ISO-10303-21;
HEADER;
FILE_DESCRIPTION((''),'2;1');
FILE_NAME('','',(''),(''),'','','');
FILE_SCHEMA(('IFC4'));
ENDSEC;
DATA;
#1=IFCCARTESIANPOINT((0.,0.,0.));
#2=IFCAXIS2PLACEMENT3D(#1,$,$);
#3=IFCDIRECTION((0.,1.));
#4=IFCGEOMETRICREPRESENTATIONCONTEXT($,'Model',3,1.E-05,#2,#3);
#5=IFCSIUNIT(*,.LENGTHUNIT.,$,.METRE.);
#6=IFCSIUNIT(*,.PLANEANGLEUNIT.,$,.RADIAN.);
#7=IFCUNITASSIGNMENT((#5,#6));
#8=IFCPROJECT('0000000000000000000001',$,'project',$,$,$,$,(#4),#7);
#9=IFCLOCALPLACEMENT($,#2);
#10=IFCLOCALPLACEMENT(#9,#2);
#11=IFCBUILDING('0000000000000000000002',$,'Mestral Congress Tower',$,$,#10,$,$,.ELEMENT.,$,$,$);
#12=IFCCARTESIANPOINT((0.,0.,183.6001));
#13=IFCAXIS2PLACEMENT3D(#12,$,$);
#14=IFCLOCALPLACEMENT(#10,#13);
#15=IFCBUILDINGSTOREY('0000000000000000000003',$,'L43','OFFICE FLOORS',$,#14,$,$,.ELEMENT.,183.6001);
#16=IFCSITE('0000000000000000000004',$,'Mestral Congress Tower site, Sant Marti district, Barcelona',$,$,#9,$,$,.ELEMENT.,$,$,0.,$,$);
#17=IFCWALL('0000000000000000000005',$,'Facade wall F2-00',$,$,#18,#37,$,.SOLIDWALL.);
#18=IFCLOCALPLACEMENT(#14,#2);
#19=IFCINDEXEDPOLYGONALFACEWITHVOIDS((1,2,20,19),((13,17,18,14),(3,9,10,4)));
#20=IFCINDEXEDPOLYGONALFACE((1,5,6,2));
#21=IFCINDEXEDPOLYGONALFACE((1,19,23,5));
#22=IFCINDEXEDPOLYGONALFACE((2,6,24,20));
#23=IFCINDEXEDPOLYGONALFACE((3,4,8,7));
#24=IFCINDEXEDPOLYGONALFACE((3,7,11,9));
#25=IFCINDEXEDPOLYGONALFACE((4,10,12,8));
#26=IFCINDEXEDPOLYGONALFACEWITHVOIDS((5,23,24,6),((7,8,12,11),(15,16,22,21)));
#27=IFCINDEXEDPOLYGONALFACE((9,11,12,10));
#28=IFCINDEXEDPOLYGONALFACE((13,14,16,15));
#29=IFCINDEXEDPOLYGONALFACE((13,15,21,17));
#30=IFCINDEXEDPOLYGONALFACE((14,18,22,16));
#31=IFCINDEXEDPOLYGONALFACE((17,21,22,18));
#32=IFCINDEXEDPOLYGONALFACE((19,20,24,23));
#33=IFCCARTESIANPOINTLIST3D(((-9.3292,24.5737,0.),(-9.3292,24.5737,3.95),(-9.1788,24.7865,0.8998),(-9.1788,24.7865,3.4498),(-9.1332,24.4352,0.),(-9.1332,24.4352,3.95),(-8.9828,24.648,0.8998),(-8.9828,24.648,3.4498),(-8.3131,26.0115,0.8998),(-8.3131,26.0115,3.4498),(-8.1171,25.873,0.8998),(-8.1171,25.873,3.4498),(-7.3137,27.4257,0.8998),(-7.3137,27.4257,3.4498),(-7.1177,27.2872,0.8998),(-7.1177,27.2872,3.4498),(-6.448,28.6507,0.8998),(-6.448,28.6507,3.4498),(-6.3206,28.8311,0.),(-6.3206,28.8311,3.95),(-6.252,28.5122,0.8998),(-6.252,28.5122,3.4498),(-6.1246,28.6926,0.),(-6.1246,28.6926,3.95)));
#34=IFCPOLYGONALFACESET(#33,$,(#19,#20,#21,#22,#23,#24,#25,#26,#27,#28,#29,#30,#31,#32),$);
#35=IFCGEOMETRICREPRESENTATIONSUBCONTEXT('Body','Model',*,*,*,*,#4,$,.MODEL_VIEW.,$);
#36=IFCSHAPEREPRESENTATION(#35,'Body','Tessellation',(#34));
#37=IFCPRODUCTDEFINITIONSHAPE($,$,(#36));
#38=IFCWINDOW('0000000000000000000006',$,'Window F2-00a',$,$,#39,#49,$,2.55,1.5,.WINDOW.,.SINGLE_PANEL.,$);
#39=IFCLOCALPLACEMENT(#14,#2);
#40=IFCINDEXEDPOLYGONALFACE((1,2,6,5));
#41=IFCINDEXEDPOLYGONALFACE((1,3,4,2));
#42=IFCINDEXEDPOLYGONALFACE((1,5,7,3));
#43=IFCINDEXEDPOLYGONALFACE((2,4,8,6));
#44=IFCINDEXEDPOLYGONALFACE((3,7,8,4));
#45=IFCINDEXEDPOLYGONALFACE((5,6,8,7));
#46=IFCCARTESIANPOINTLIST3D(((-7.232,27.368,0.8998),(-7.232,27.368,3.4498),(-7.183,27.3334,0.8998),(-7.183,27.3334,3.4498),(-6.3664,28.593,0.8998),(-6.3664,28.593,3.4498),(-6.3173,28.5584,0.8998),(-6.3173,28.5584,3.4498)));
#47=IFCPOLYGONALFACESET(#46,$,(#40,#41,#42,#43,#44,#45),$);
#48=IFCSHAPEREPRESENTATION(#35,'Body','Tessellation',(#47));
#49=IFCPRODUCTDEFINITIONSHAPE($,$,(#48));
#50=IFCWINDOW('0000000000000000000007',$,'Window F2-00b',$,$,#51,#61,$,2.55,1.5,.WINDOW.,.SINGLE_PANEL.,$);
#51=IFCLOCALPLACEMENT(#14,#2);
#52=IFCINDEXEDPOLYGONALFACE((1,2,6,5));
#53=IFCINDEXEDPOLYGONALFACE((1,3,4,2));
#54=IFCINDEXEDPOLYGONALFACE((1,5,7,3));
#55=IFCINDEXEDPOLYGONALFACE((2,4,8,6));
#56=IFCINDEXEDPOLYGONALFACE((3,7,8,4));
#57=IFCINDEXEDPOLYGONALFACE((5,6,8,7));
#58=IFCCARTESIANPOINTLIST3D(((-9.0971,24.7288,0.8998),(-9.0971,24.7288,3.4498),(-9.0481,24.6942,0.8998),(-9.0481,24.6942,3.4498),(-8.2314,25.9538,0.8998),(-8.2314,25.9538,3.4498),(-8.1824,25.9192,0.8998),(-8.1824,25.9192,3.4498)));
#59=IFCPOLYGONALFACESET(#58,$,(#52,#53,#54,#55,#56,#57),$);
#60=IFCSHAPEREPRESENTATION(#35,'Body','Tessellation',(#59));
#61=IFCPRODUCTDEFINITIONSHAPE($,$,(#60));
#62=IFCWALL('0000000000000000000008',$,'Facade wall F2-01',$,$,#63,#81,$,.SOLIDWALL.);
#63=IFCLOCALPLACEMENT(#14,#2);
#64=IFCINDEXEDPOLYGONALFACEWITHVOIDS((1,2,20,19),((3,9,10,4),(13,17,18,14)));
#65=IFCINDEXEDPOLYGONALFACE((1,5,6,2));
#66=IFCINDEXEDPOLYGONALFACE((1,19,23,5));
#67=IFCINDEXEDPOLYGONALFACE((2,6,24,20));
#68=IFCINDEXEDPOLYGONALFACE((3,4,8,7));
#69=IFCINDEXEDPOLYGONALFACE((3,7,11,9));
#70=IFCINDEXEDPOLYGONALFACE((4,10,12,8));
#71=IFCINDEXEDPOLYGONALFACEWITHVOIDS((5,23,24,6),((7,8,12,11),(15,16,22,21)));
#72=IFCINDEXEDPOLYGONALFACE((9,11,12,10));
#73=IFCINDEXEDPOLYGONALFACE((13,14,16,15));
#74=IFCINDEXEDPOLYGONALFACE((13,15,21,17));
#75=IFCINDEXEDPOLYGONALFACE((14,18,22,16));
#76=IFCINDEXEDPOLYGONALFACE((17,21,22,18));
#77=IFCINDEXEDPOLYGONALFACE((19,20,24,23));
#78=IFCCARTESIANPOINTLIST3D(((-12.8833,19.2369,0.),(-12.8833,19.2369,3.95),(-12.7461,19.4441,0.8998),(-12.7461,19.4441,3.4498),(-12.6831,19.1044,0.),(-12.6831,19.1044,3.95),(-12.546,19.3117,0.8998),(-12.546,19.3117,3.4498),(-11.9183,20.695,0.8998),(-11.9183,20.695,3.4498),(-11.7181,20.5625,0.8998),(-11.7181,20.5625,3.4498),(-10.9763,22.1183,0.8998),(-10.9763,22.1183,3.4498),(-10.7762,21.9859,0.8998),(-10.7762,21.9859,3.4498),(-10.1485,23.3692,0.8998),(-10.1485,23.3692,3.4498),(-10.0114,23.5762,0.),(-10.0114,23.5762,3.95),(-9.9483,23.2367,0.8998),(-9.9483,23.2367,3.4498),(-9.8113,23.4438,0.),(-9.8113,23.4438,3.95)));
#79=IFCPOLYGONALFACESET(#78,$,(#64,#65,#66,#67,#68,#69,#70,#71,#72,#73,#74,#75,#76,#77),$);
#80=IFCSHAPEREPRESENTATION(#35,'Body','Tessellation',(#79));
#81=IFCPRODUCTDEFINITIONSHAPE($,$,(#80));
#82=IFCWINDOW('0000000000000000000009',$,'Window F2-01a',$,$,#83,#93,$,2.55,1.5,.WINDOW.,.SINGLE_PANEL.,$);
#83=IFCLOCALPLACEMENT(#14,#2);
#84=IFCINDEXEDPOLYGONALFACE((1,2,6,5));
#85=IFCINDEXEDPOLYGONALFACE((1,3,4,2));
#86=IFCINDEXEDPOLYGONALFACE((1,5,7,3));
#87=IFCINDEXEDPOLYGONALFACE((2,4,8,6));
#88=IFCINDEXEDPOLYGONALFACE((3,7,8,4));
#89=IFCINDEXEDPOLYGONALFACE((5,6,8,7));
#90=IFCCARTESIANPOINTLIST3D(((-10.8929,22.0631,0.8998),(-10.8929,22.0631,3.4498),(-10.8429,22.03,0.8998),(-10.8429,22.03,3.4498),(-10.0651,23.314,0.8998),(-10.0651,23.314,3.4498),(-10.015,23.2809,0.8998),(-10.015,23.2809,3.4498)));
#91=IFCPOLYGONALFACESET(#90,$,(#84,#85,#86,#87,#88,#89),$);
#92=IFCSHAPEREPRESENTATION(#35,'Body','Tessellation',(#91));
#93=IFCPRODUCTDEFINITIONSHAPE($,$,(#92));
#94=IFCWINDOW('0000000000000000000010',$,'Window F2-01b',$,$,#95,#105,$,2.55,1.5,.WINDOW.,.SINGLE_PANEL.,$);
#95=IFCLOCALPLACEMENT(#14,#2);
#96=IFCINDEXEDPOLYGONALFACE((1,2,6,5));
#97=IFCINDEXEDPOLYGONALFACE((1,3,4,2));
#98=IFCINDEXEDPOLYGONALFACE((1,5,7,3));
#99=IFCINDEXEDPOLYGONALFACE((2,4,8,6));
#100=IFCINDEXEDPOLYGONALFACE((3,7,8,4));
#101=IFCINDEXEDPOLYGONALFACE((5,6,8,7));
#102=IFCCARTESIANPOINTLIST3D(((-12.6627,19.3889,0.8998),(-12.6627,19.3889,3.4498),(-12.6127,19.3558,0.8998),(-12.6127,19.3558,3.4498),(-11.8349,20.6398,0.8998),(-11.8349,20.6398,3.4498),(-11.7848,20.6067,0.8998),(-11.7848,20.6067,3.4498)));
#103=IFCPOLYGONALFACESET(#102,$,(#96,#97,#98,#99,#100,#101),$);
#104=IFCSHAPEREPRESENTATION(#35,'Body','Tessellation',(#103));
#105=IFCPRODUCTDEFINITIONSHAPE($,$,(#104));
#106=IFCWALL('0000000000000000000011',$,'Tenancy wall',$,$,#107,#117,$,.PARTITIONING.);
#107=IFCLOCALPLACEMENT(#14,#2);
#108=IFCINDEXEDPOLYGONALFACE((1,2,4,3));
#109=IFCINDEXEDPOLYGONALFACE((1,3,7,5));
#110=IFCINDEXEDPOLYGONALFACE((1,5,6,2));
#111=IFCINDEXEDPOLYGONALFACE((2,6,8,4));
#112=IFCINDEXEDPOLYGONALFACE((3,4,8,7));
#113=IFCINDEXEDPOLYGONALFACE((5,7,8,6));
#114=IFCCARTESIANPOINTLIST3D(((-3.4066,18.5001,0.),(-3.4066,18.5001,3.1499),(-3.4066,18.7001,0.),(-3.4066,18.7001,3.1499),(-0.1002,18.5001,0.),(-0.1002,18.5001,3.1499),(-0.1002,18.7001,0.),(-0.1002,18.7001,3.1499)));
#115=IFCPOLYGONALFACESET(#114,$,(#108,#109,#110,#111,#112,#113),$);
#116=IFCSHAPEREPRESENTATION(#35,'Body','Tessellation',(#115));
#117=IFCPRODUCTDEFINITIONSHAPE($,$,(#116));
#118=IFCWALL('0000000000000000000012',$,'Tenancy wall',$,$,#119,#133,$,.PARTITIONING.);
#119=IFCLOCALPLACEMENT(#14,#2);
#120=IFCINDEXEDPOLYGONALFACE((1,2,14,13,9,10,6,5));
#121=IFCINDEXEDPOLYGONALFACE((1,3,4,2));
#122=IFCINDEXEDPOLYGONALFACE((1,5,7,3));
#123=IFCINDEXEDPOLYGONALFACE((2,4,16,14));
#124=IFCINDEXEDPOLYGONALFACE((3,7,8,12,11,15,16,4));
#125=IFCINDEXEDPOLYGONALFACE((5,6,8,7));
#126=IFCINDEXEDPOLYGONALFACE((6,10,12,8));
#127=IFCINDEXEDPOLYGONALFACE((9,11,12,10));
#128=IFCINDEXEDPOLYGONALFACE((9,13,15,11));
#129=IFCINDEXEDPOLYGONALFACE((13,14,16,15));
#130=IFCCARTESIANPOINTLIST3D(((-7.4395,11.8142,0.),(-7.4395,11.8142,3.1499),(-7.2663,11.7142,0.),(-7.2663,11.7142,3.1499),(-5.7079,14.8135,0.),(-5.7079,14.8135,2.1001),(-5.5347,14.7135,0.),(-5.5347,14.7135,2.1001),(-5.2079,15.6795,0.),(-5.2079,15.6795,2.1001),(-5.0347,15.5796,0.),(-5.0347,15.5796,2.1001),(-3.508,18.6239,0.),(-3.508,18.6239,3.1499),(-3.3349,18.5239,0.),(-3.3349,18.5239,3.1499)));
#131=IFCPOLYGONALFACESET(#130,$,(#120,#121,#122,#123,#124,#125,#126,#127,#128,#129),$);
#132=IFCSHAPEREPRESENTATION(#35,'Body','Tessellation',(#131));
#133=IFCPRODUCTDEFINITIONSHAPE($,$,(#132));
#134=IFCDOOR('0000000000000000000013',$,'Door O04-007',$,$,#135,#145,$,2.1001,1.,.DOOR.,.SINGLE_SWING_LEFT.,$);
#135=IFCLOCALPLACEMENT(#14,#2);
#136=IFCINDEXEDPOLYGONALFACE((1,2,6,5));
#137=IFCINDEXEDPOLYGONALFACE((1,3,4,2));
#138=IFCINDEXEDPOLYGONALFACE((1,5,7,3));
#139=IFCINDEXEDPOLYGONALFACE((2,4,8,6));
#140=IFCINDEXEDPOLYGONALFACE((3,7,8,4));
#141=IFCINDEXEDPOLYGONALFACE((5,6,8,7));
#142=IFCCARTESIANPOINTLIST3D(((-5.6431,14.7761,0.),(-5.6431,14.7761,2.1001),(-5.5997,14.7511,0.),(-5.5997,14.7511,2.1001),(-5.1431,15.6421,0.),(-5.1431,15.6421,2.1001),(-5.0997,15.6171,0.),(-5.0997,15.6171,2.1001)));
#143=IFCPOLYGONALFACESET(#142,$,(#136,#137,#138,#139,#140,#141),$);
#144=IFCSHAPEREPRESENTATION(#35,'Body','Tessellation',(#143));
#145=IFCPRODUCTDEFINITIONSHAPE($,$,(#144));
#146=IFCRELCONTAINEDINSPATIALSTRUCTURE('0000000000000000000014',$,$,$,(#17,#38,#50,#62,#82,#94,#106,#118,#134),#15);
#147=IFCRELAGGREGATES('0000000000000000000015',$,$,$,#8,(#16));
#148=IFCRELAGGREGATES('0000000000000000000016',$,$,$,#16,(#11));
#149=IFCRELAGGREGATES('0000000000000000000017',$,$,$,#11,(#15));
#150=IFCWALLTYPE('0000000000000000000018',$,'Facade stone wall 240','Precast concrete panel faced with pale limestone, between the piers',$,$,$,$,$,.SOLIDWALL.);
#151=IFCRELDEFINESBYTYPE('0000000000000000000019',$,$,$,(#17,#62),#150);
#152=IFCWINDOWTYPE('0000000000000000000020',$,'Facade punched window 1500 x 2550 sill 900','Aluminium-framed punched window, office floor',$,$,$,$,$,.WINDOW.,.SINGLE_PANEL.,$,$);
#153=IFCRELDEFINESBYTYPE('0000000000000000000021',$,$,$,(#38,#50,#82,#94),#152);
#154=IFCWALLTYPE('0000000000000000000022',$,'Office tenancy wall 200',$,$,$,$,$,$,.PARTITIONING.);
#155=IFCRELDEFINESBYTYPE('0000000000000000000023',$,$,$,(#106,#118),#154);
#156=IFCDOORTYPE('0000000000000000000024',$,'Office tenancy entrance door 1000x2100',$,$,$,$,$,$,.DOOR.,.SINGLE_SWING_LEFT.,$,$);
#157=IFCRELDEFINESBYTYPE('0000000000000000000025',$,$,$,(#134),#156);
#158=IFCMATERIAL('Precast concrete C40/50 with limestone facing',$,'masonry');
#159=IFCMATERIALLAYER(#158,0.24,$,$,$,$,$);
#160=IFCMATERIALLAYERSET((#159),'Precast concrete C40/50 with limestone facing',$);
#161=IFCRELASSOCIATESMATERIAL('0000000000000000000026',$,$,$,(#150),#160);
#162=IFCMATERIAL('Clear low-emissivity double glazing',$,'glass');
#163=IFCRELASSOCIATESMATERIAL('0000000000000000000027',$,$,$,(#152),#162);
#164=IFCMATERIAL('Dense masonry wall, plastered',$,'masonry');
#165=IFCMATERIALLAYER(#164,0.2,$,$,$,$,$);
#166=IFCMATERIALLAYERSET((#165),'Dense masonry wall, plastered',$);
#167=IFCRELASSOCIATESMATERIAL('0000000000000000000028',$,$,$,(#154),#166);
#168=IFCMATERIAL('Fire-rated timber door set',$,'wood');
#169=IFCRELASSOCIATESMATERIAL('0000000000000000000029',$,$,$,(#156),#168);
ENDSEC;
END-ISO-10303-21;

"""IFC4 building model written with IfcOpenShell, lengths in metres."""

from ifc_helpers import new_model, si_unit, direction, frame, frame_2d, origin, place, context, subcontext, project, spatial, rectangle, extrude, material, layer, layer_set, type_object, element, fill, save


model = new_model("IFC4")

# Units and contexts
model_context = context("Model", 3, precision=1e-05, world=origin(), true_north=direction((0.0, 1.0)))
body_context = subcontext(model_context, "Body", "Model", "MODEL_VIEW")
ifc_project = project(units=[si_unit("LENGTHUNIT", "METRE"), si_unit("PLANEANGLEUNIT", "RADIAN")], contexts=[model_context])

# Site, building, storey
site_placement = place(None, origin())
site = spatial("IfcSite", under=ifc_project, at=site_placement, Name="Mestral Congress Tower site, Sant Marti district, Barcelona", CompositionType="ELEMENT", RefElevation=0.0)
building_placement = place(site_placement, origin())
building = spatial("IfcBuilding", under=site, at=building_placement, Name="Mestral Congress Tower", CompositionType="ELEMENT")
storey_placement = place(building_placement, frame((0.0, 0.0, 183.6001)))
storey = spatial("IfcBuildingStorey", under=building, at=storey_placement, Name="L43", Description="OFFICE FLOORS", CompositionType="ELEMENT", Elevation=183.6001)

# Shared definitions
ifc_material_1 = material(Name="Precast concrete C40/50 with limestone facing", Category="masonry")
ifc_layer_1 = layer(ifc_material_1, 0.24)
ifc_layer_set_1 = layer_set([ifc_layer_1], Name="Precast concrete C40/50 with limestone facing")
wall_type_1 = type_object("IfcWallType", Name="Facade stone wall 240", Description="Precast concrete panel faced with pale limestone, between the piers", PredefinedType="SOLIDWALL", material=ifc_layer_set_1)
ifc_material_2 = material(Name="Clear low-emissivity double glazing", Category="glass")

# Walls, openings, windows
wall_1_placement = place(storey_placement, frame((-6.2227, 28.7617, 0.0), z_axis=(0.0, 0.0, 1.0), x_axis=(-0.577115, -0.816663, 0.0)))
wall_1 = element("IfcWall", 1, at=wall_1_placement, inside=storey, type_object=wall_type_1, Name="Facade wall F2-00", PredefinedType="SOLIDWALL", context=body_context, shape_type="SweptSolid", body=[
    extrude(rectangle(XDim=5.2131, YDim=0.24, at=frame_2d((2.6064, 0.0))), origin(), (0.0, 0.0, 1.0), 3.95),
])
opening_1_placement = place(wall_1_placement, frame((0.2207, 0.0, 0.8999)))
opening_1 = element("IfcOpeningElement", 2, at=opening_1_placement, cuts=wall_1, PredefinedType="OPENING", context=body_context, shape_type="SweptSolid", body=[
    extrude(rectangle(XDim=1.5, YDim=2.55, at=frame_2d((0.75, 1.2749))), frame((0.0, 0.1299, 0.0), z_axis=(0.0, -1.0, 0.0), x_axis=(1.0, 0.0, 0.0)), (0.0, 0.0, 1.0), 0.26),
])
opening_2_placement = place(wall_1_placement, frame((3.4524, 0.0, 0.8999)))
opening_2 = element("IfcOpeningElement", 3, at=opening_2_placement, cuts=wall_1, PredefinedType="OPENING", context=body_context, shape_type="SweptSolid", body=[
    extrude(rectangle(XDim=1.5, YDim=2.55, at=frame_2d((0.75, 1.2749))), frame((0.0, 0.1299, 0.0), z_axis=(0.0, -1.0, 0.0), x_axis=(1.0, 0.0, 0.0)), (0.0, 0.0, 1.0), 0.26),
])
window_type_1 = type_object("IfcWindowType", Name="Facade punched window 1500 x 2550 sill 900", Description="Aluminium-framed punched window, office floor", PartitioningType="SINGLE_PANEL", PredefinedType="WINDOW", material=ifc_material_2)
window_1_placement = place(opening_1_placement, origin())
window_1 = element("IfcWindow", 4, at=window_1_placement, inside=storey, type_object=window_type_1, Name="Window F2-00a", OverallHeight=2.55, OverallWidth=1.5, PartitioningType="SINGLE_PANEL", PredefinedType="WINDOW", context=body_context, shape_type="SweptSolid", body=[
    extrude(rectangle(XDim=1.5, YDim=2.55, at=frame_2d((0.75, 1.2749))), frame((0.0, 0.04, 0.0), z_axis=(0.0, -1.0, 0.0), x_axis=(1.0, 0.0, 0.0)), (0.0, 0.0, 1.0), 0.0601),
])
fill(opening_1, window_1)
window_2_placement = place(opening_2_placement, origin())
window_2 = element("IfcWindow", 5, at=window_2_placement, inside=storey, type_object=window_type_1, Name="Window F2-00b", OverallHeight=2.55, OverallWidth=1.5, PartitioningType="SINGLE_PANEL", PredefinedType="WINDOW", context=body_context, shape_type="SweptSolid", body=[
    extrude(rectangle(XDim=1.5, YDim=2.55, at=frame_2d((0.75, 1.2749))), frame((0.0, 0.04, 0.0), z_axis=(0.0, -1.0, 0.0), x_axis=(1.0, 0.0, 0.0)), (0.0, 0.0, 1.0), 0.0601),
])
fill(opening_2, window_2)
wall_2_placement = place(storey_placement, frame((-9.9114, 23.51, 0.0), z_axis=(0.0, 0.0, 1.0), x_axis=(-0.551893, -0.833915, 0.0)))
wall_2 = element("IfcWall", 6, at=wall_2_placement, inside=storey, type_object=wall_type_1, Name="Facade wall F2-01", PredefinedType="SOLIDWALL", context=body_context, shape_type="SweptSolid", body=[
    extrude(rectangle(XDim=5.2036, YDim=0.24, at=frame_2d((2.6018, 0.0))), origin(), (0.0, 0.0, 1.0), 3.95),
])
opening_3_placement = place(wall_2_placement, frame((0.2483, 0.0, 0.8999)))
opening_3 = element("IfcOpeningElement", 7, at=opening_3_placement, cuts=wall_2, PredefinedType="OPENING", context=body_context, shape_type="SweptSolid", body=[
    extrude(rectangle(XDim=1.5, YDim=2.55, at=frame_2d((0.75, 1.2749))), frame((0.0, 0.1299, 0.0), z_axis=(0.0, -1.0, 0.0), x_axis=(1.0, 0.0, 0.0)), (0.0, 0.0, 1.0), 0.26),
])
opening_4_placement = place(wall_2_placement, frame((3.4551, 0.0, 0.8999)))
opening_4 = element("IfcOpeningElement", 8, at=opening_4_placement, cuts=wall_2, PredefinedType="OPENING", context=body_context, shape_type="SweptSolid", body=[
    extrude(rectangle(XDim=1.5, YDim=2.55, at=frame_2d((0.75, 1.2749))), frame((0.0, 0.1299, 0.0), z_axis=(0.0, -1.0, 0.0), x_axis=(1.0, 0.0, 0.0)), (0.0, 0.0, 1.0), 0.26),
])
window_3_placement = place(opening_3_placement, origin())
window_3 = element("IfcWindow", 9, at=window_3_placement, inside=storey, type_object=window_type_1, Name="Window F2-01a", OverallHeight=2.55, OverallWidth=1.5, PartitioningType="SINGLE_PANEL", PredefinedType="WINDOW", context=body_context, shape_type="SweptSolid", body=[
    extrude(rectangle(XDim=1.5, YDim=2.55, at=frame_2d((0.75, 1.2749))), frame((0.0, 0.04, 0.0), z_axis=(0.0, -1.0, 0.0), x_axis=(1.0, 0.0, 0.0)), (0.0, 0.0, 1.0), 0.0601),
])
fill(opening_3, window_3)
window_4_placement = place(opening_4_placement, origin())
window_4 = element("IfcWindow", 10, at=window_4_placement, inside=storey, type_object=window_type_1, Name="Window F2-01b", OverallHeight=2.55, OverallWidth=1.5, PartitioningType="SINGLE_PANEL", PredefinedType="WINDOW", context=body_context, shape_type="SweptSolid", body=[
    extrude(rectangle(XDim=1.5, YDim=2.55, at=frame_2d((0.75, 1.2749))), frame((0.0, 0.04, 0.0), z_axis=(0.0, -1.0, 0.0), x_axis=(1.0, 0.0, 0.0)), (0.0, 0.0, 1.0), 0.0601),
])
fill(opening_4, window_4)

# Wall
ifc_material_3 = material(Name="Dense masonry wall, plastered", Category="masonry")
ifc_layer_2 = layer(ifc_material_3, 0.2)
ifc_layer_set_2 = layer_set([ifc_layer_2], Name="Dense masonry wall, plastered")
wall_type_2 = type_object("IfcWallType", Name="Office tenancy wall 200", PredefinedType="PARTITIONING", material=ifc_layer_set_2)
wall_3_placement = place(storey_placement, frame((-0.1001, 18.6001, 0.0), z_axis=(0.0, 0.0, 1.0), x_axis=(-1.0, 0.0, 0.0)))
element("IfcWall", 11, at=wall_3_placement, inside=storey, type_object=wall_type_2, Name="Tenancy wall", PredefinedType="PARTITIONING", context=body_context, shape_type="SweptSolid", body=[
    extrude(rectangle(XDim=3.3064, YDim=0.2, at=frame_2d((1.6533, 0.0))), origin(), (0.0, 0.0, 1.0), 3.1499),
])

# Wall, opening, door
wall_4_placement = place(storey_placement, frame((-3.4214, 18.574, 0.0), z_axis=(0.0, 0.0, 1.0), x_axis=(-0.499989, -0.866032, 0.0)))
wall_4 = element("IfcWall", 12, at=wall_4_placement, inside=storey, type_object=wall_type_2, Name="Tenancy wall", PredefinedType="PARTITIONING", context=body_context, shape_type="SweptSolid", body=[
    extrude(rectangle(XDim=7.863, YDim=0.2, at=frame_2d((3.9316, 0.0))), origin(), (0.0, 0.0, 1.0), 3.1499),
])
opening_5_placement = place(wall_4_placement, frame((3.3999, 0.0, 0.0)))
opening_5 = element("IfcOpeningElement", 13, at=opening_5_placement, cuts=wall_4, PredefinedType="OPENING", context=body_context, shape_type="SweptSolid", body=[
    extrude(rectangle(XDim=1.0, YDim=2.1001, at=frame_2d((0.5, 1.05))), frame((0.0, 0.1099, 0.0), z_axis=(0.0, -1.0, 0.0), x_axis=(1.0, 0.0, 0.0)), (0.0, 0.0, 1.0), 0.22),
])
ifc_material_4 = material(Name="Fire-rated timber door set", Category="wood")
door_type = type_object("IfcDoorType", Name="Office tenancy entrance door 1000x2100", OperationType="SINGLE_SWING_LEFT", PredefinedType="DOOR", material=ifc_material_4)
door_placement = place(opening_5_placement, origin())
door = element("IfcDoor", 14, at=door_placement, inside=storey, type_object=door_type, Name="Door O04-007", OperationType="SINGLE_SWING_LEFT", OverallHeight=2.1001, OverallWidth=1.0, PredefinedType="DOOR", context=body_context, shape_type="SweptSolid", body=[
    extrude(rectangle(XDim=1.0, YDim=2.1001, at=frame_2d((0.5, 1.05))), frame((0.0, 0.0249, 0.0), z_axis=(0.0, -1.0, 0.0), x_axis=(1.0, 0.0, 0.0)), (0.0, 0.0, 1.0), 0.05),
])
fill(opening_5, door)

save(model, "model.ifc")
